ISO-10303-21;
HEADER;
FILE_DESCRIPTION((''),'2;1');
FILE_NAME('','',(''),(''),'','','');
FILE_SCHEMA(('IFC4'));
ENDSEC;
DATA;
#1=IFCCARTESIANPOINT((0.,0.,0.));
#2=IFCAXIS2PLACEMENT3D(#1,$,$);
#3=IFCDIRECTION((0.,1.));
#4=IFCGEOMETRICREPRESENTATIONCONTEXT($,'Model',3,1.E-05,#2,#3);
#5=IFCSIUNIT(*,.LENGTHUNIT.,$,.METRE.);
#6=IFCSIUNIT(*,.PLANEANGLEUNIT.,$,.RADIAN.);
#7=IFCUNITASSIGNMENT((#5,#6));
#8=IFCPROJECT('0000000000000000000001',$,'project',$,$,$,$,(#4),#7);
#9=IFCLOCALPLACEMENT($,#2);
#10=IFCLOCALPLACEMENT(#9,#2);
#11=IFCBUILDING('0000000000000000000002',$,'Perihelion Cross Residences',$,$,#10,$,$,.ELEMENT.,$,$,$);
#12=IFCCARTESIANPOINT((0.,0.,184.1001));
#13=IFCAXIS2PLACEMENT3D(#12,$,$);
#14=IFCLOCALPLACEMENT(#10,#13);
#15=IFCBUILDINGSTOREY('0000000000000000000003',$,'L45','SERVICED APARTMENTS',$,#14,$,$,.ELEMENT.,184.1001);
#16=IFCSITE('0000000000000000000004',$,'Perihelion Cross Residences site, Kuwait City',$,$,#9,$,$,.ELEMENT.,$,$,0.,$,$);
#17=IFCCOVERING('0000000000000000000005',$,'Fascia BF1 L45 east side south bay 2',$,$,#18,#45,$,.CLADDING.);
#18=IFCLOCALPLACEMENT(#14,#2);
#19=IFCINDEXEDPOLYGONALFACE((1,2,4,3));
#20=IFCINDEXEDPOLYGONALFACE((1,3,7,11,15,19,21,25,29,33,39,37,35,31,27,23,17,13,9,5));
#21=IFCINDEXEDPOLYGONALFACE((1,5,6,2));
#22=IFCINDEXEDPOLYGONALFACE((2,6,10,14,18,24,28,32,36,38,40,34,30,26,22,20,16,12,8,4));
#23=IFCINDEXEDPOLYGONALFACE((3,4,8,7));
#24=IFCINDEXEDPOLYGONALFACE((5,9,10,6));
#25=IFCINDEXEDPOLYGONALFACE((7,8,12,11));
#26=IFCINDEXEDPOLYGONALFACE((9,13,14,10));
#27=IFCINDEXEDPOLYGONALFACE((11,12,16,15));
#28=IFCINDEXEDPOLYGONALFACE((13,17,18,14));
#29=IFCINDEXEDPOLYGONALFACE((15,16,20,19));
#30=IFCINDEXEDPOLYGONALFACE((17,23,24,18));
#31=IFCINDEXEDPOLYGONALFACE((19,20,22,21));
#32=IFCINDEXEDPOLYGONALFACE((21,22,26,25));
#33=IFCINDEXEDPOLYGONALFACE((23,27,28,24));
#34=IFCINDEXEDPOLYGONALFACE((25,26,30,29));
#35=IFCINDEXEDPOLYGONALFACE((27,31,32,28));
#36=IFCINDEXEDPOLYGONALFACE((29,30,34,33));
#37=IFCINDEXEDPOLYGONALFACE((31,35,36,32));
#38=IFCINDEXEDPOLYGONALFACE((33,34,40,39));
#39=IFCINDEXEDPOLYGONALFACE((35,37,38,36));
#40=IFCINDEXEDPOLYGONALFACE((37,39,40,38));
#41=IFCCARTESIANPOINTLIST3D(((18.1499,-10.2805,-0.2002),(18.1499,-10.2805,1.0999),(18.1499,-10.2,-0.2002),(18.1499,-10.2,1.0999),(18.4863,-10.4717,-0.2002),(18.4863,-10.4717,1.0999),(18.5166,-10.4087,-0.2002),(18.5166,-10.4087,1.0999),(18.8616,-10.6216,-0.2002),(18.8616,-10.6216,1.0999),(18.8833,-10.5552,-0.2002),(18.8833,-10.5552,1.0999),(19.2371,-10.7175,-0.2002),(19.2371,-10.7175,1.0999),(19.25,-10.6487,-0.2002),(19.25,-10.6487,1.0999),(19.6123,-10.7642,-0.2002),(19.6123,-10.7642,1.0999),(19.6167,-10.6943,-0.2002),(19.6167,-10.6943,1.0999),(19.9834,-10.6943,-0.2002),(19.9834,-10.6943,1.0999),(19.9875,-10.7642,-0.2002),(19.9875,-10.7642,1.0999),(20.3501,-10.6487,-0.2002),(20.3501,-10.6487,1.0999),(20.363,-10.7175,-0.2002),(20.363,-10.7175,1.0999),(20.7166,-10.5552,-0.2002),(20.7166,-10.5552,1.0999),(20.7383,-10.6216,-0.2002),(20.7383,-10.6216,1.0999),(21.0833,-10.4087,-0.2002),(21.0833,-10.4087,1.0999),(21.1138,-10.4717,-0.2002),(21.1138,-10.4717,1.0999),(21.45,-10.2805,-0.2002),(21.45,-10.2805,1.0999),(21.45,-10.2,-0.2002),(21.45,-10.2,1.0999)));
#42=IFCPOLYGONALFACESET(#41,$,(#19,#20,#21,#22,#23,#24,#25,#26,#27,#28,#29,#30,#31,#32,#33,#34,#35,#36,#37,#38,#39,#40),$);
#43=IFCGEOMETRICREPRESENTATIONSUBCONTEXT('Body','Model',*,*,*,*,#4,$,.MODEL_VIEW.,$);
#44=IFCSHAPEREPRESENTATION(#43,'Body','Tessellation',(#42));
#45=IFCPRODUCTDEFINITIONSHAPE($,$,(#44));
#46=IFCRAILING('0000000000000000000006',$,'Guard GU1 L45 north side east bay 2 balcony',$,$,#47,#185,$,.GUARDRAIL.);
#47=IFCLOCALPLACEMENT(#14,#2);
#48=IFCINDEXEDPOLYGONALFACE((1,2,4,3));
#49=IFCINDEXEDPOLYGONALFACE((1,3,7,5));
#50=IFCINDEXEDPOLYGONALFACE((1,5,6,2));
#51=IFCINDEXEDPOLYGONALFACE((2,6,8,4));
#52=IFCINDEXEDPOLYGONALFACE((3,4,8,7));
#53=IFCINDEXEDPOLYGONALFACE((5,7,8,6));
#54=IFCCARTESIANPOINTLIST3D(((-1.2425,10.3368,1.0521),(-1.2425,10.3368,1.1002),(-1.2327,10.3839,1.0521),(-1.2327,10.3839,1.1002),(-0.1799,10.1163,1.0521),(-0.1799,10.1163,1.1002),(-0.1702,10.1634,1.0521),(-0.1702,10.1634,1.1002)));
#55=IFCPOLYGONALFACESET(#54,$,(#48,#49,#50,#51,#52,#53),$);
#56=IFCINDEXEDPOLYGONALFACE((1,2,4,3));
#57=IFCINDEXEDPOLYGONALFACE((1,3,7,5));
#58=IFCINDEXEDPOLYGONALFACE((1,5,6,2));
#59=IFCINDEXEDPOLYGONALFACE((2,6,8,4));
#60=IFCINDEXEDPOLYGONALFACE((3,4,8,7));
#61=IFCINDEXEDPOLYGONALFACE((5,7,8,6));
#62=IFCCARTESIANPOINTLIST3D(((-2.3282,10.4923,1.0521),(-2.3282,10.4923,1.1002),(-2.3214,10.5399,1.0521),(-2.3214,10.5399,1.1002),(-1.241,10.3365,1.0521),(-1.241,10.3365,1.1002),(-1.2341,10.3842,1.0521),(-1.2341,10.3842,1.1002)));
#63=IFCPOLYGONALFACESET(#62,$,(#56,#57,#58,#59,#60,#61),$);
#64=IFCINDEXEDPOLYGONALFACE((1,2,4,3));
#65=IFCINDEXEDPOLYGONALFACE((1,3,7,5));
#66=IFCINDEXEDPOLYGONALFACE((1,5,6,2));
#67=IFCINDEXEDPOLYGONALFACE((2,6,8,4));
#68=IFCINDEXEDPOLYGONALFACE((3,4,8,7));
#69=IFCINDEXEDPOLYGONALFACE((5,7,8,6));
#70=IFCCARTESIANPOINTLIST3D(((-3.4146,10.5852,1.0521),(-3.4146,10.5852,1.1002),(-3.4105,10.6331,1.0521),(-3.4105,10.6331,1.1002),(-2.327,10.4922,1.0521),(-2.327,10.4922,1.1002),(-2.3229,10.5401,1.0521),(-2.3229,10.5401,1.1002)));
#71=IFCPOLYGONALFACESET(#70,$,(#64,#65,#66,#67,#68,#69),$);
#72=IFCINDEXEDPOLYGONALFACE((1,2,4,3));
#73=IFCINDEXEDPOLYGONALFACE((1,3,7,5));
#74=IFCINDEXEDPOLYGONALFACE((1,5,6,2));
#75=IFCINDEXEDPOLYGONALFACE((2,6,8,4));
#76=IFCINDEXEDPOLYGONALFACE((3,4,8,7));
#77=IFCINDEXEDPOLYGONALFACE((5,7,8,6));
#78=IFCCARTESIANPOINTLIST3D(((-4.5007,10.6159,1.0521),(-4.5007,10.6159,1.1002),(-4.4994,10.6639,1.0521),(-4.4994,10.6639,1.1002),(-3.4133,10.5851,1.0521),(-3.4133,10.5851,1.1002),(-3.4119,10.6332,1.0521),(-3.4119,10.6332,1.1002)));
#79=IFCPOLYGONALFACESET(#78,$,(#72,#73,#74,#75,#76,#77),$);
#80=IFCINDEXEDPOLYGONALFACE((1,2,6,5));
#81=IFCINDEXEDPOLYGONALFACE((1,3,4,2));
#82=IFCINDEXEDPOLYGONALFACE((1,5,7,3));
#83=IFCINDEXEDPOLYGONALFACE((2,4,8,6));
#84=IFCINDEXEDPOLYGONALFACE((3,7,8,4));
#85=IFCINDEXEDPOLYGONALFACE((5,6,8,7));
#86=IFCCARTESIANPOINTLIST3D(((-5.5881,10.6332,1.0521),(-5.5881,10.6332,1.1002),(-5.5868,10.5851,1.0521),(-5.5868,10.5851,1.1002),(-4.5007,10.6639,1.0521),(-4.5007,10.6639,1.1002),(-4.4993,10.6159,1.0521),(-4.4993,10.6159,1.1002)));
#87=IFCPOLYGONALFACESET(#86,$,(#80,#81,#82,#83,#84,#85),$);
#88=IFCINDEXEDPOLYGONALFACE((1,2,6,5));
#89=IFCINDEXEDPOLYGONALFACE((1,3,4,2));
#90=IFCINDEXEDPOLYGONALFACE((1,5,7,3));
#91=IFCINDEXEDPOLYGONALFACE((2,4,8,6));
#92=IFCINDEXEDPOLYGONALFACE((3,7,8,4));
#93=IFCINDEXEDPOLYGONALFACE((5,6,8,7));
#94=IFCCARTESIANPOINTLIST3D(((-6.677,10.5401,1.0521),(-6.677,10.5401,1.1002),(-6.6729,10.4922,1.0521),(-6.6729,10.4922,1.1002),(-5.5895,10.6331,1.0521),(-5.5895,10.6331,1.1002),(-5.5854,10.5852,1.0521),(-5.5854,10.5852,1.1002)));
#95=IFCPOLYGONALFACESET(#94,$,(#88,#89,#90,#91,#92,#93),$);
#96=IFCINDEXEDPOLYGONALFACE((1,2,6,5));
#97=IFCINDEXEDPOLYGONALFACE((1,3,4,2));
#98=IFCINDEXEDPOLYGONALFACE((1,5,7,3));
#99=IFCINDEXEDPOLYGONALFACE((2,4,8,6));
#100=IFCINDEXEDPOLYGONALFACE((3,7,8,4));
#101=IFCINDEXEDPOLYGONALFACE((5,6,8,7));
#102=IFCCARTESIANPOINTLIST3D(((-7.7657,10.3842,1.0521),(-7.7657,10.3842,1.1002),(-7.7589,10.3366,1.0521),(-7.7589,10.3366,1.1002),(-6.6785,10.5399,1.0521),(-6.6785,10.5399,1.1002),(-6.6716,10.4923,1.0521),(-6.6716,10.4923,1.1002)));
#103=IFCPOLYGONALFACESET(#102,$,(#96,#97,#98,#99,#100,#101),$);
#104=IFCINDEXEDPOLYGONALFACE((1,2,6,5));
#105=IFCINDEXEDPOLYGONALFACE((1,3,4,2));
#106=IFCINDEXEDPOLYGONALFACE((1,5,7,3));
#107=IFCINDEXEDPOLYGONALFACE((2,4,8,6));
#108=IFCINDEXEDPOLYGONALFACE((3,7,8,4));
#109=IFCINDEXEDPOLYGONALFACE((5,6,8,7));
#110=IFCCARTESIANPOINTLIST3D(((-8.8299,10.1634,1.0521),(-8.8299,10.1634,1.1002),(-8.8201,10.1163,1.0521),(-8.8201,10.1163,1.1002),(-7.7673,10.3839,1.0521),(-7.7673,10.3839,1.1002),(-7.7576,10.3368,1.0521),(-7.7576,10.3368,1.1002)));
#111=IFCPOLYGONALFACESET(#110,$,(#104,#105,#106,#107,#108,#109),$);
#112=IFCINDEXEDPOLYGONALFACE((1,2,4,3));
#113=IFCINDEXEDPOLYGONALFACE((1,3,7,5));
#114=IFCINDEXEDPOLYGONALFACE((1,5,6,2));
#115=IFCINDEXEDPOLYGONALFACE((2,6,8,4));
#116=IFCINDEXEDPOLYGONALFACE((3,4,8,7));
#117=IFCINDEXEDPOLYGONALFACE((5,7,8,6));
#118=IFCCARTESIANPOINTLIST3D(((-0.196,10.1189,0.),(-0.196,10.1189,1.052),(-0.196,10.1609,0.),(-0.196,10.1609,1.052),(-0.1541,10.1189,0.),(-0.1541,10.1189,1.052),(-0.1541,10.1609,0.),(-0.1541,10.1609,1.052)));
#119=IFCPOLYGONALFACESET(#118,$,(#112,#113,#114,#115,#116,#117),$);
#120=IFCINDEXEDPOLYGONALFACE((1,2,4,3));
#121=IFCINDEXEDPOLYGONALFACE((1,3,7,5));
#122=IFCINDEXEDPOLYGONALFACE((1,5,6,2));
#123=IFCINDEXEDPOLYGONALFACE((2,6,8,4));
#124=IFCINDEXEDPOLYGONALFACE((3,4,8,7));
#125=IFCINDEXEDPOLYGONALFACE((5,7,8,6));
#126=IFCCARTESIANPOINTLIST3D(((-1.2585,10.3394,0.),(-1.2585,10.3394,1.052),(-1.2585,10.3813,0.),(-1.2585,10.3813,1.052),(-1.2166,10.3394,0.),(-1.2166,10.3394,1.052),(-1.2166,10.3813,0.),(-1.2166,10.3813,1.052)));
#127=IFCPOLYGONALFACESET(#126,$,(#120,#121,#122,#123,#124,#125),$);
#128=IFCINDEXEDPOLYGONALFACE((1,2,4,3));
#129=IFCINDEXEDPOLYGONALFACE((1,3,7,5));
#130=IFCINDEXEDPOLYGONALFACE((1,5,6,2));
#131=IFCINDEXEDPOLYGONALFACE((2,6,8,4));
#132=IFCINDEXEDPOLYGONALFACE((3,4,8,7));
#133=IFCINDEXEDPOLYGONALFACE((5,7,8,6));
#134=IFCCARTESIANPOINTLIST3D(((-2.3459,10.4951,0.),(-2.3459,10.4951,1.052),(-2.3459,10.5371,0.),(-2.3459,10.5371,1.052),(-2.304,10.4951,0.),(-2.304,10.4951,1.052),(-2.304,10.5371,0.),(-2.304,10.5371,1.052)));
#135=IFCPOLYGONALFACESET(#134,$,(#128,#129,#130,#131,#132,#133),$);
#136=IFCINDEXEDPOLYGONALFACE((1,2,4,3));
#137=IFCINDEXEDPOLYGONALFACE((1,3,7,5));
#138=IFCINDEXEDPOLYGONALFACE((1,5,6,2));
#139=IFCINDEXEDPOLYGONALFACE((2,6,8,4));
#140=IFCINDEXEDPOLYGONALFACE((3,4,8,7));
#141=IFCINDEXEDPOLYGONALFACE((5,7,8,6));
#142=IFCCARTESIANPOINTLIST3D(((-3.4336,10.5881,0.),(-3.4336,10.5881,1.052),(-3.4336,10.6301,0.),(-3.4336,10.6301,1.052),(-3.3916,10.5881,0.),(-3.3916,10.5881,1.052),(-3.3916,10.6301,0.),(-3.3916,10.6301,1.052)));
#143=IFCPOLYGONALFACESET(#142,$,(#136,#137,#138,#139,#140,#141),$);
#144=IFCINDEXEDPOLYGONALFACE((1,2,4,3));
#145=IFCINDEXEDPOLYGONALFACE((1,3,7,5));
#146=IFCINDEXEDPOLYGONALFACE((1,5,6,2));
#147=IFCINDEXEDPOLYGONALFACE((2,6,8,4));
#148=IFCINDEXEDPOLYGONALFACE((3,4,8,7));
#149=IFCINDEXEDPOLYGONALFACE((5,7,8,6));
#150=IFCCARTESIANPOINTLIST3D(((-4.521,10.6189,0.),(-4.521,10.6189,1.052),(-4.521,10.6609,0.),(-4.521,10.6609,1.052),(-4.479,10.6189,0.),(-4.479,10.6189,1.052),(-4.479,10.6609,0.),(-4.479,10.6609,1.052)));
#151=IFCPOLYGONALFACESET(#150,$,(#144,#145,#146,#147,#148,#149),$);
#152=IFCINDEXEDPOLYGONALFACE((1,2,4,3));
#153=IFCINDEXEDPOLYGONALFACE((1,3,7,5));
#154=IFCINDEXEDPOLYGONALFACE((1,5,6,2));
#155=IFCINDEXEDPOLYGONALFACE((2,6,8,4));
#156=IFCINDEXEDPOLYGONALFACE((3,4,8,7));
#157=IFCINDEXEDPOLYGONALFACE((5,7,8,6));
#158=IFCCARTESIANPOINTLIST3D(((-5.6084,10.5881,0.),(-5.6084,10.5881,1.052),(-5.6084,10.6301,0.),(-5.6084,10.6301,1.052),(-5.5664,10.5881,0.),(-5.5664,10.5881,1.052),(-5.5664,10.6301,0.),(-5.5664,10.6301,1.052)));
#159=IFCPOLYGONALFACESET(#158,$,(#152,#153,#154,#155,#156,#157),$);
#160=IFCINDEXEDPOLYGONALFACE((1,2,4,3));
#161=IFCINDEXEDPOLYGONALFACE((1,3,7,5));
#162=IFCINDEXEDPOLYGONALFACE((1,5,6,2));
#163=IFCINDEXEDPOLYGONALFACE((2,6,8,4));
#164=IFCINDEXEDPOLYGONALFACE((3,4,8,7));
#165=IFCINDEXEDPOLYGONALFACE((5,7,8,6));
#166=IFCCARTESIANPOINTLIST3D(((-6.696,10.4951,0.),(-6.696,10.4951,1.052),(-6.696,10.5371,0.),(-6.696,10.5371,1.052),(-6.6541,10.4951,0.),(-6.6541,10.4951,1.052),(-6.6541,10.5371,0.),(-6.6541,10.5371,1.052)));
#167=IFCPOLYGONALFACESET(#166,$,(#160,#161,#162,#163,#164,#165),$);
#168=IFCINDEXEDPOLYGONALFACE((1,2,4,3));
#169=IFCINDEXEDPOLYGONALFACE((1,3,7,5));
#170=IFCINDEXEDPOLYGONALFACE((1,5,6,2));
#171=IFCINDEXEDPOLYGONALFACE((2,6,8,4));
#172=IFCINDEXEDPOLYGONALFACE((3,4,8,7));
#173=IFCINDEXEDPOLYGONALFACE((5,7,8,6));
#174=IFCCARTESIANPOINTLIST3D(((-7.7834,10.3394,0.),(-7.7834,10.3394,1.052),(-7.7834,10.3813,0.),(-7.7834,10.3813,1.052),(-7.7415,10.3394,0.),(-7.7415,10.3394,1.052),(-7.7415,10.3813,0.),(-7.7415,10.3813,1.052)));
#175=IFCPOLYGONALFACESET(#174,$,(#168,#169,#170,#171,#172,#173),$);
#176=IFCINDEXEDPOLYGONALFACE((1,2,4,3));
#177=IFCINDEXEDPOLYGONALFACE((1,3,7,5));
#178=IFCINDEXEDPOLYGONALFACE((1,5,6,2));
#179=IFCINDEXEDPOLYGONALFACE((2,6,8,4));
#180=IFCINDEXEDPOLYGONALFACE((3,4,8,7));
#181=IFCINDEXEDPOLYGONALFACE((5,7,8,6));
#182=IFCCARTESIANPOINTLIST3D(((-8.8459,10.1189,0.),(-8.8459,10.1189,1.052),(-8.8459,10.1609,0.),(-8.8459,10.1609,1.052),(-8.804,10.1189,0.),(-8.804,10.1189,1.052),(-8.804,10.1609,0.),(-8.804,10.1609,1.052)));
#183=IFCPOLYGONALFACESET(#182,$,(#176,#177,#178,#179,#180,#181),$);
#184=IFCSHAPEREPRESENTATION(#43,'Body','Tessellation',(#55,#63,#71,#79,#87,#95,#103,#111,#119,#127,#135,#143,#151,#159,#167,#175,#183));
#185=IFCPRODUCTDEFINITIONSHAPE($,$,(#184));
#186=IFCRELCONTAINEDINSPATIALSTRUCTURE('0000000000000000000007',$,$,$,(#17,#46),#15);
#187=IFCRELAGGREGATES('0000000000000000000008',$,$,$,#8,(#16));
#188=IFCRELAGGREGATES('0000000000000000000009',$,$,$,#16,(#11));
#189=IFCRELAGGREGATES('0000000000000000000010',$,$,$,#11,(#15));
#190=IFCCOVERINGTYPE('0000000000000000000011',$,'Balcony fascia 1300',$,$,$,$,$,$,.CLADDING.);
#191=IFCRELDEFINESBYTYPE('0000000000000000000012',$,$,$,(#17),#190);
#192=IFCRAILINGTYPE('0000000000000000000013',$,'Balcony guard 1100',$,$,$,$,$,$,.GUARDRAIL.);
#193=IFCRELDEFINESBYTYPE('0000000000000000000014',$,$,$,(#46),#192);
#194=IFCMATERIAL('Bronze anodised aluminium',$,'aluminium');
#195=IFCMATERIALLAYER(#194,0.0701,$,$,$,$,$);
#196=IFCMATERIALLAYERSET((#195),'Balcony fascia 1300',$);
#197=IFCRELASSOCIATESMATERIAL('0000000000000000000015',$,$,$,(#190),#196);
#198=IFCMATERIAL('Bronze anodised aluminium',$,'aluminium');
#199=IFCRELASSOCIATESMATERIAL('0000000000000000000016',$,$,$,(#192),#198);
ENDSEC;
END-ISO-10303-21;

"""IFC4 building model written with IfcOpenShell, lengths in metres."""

from ifc_helpers import new_model, si_unit, direction, frame, origin, origin_2d, place, context, subcontext, project, spatial, polyline, rectangle, outline, extrude, material, layer, layer_set, type_object, element, save


model = new_model("IFC4")

# Units and contexts
model_context = context("Model", 3, precision=1e-05, world=origin(), true_north=direction((0.0, 1.0)))
body_context = subcontext(model_context, "Body", "Model", "MODEL_VIEW")
ifc_project = project(units=[si_unit("LENGTHUNIT", "METRE"), si_unit("PLANEANGLEUNIT", "RADIAN")], contexts=[model_context])

# Site, building, storey
site_placement = place(None, origin())
site = spatial("IfcSite", under=ifc_project, at=site_placement, Name="Perihelion Cross Residences site, Kuwait City", CompositionType="ELEMENT", RefElevation=0.0)
building_placement = place(site_placement, origin())
building = spatial("IfcBuilding", under=site, at=building_placement, Name="Perihelion Cross Residences", CompositionType="ELEMENT")
storey_placement = place(building_placement, frame((0.0, 0.0, 184.1001)))
storey = spatial("IfcBuildingStorey", under=building, at=storey_placement, Name="L45", Description="SERVICED APARTMENTS", CompositionType="ELEMENT", Elevation=184.1001)

# Covering
ifc_material_1 = material(Name="Bronze anodised aluminium", Category="aluminium")
ifc_layer_1 = layer(ifc_material_1, 0.0701)
ifc_layer_set_1 = layer_set([ifc_layer_1], Name="Balcony fascia 1300")
covering_type = type_object("IfcCoveringType", Name="Balcony fascia 1300", PredefinedType="CLADDING", material=ifc_layer_set_1)
covering_placement = place(storey_placement, frame((0.0, 0.0, -0.2002)))
element("IfcCovering", 1, at=covering_placement, inside=storey, type_object=covering_type, Name="Fascia BF1 L45 east side south bay 2", PredefinedType="CLADDING", context=body_context, shape_type="SweptSolid", body=[
    extrude(outline(polyline([(18.4863, -10.4717), (18.8616, -10.6216), (19.2371, -10.7175), (19.6123, -10.7642), (19.9875, -10.7642), (20.363, -10.7175), (20.7383, -10.6216), (21.1138, -10.4717), (21.45, -10.2805), (21.45, -10.2), (21.0833, -10.4087), (20.7166, -10.5552), (20.3501, -10.6487), (19.9834, -10.6943), (19.6167, -10.6943), (19.25, -10.6487), (18.8833, -10.5552), (18.5166, -10.4087), (18.1499, -10.2), (18.1499, -10.2805), (18.4863, -10.4717)])), origin(), (0.0, 0.0, 1.0), 1.3),
])

# Railing
ifc_material_2 = material(Name="Bronze anodised aluminium", Category="aluminium")
railing_type = type_object("IfcRailingType", Name="Balcony guard 1100", PredefinedType="GUARDRAIL", material=ifc_material_2)
railing_placement = place(storey_placement, frame((-0.175, 10.1399, 0.0)))
element("IfcRailing", 2, at=railing_placement, inside=storey, type_object=railing_type, Name="Guard GU1 L45 north side east bay 2 balcony", PredefinedType="GUARDRAIL", context=body_context, shape_type="SweptSolid", body=[
    extrude(rectangle(XDim=0.0481, YDim=0.0481, at=origin_2d()), frame((0.0, 0.0, 1.0762), z_axis=(-0.979145, 0.203164, 0.0), x_axis=(-0.203164, -0.979145, 0.0)), (0.0, 0.0, 1.0), 1.0852),
    extrude(rectangle(XDim=0.0481, YDim=0.0481, at=origin_2d()), frame((-1.0625, 0.2205, 1.0762), z_axis=(-0.989896, 0.141795, 0.0), x_axis=(-0.141795, -0.989896, 0.0)), (0.0, 0.0, 1.0), 1.0984),
    extrude(rectangle(XDim=0.0481, YDim=0.0481, at=origin_2d()), frame((-2.1499, 0.3762, 1.0762), z_axis=(-0.996363, 0.085211, 0.0), x_axis=(-0.085211, -0.996363, 0.0)), (0.0, 0.0, 1.0), 1.0916),
    extrude(rectangle(XDim=0.0481, YDim=0.0481, at=origin_2d()), frame((-3.2375, 0.4692, 1.0762), z_axis=(-0.9996, 0.028278, 0.0), x_axis=(-0.028278, -0.9996, 0.0)), (0.0, 0.0, 1.0), 1.0879),
    extrude(rectangle(XDim=0.0481, YDim=0.0481, at=origin_2d()), frame((-4.325, 0.5, 1.0762), z_axis=(-0.9996, -0.028278, 0.0), x_axis=(0.028278, -0.9996, 0.0)), (0.0, 0.0, 1.0), 1.0879),
    extrude(rectangle(XDim=0.0481, YDim=0.0481, at=origin_2d()), frame((-5.4124, 0.4692, 1.0762), z_axis=(-0.996363, -0.085211, 0.0), x_axis=(0.085211, -0.996363, 0.0)), (0.0, 0.0, 1.0), 1.0916),
    extrude(rectangle(XDim=0.0481, YDim=0.0481, at=origin_2d()), frame((-6.5, 0.3762, 1.0762), z_axis=(-0.989896, -0.141795, 0.0), x_axis=(0.141795, -0.989896, 0.0)), (0.0, 0.0, 1.0), 1.0984),
    extrude(rectangle(XDim=0.0481, YDim=0.0481, at=origin_2d()), frame((-7.5874, 0.2205, 1.0762), z_axis=(-0.979145, -0.203164, 0.0), x_axis=(0.203164, -0.979145, 0.0)), (0.0, 0.0, 1.0), 1.0852),
    extrude(rectangle(XDim=0.042, YDim=0.042, at=origin_2d()), origin(), (0.0, 0.0, 1.0), 1.052),
    extrude(rectangle(XDim=0.042, YDim=0.042, at=origin_2d()), frame((-1.0625, 0.2205, 0.0)), (0.0, 0.0, 1.0), 1.052),
    extrude(rectangle(XDim=0.042, YDim=0.042, at=origin_2d()), frame((-2.1499, 0.3762, 0.0)), (0.0, 0.0, 1.0), 1.052),
    extrude(rectangle(XDim=0.042, YDim=0.042, at=origin_2d()), frame((-3.2375, 0.4692, 0.0)), (0.0, 0.0, 1.0), 1.052),
    extrude(rectangle(XDim=0.042, YDim=0.042, at=origin_2d()), frame((-4.325, 0.5, 0.0)), (0.0, 0.0, 1.0), 1.052),
    extrude(rectangle(XDim=0.042, YDim=0.042, at=origin_2d()), frame((-5.4124, 0.4692, 0.0)), (0.0, 0.0, 1.0), 1.052),
    extrude(rectangle(XDim=0.042, YDim=0.042, at=origin_2d()), frame((-6.5, 0.3762, 0.0)), (0.0, 0.0, 1.0), 1.052),
    extrude(rectangle(XDim=0.042, YDim=0.042, at=origin_2d()), frame((-7.5874, 0.2205, 0.0)), (0.0, 0.0, 1.0), 1.052),
    extrude(rectangle(XDim=0.042, YDim=0.042, at=origin_2d()), frame((-8.6499, 0.0, 0.0)), (0.0, 0.0, 1.0), 1.052),
])

save(model, "model.ifc")
